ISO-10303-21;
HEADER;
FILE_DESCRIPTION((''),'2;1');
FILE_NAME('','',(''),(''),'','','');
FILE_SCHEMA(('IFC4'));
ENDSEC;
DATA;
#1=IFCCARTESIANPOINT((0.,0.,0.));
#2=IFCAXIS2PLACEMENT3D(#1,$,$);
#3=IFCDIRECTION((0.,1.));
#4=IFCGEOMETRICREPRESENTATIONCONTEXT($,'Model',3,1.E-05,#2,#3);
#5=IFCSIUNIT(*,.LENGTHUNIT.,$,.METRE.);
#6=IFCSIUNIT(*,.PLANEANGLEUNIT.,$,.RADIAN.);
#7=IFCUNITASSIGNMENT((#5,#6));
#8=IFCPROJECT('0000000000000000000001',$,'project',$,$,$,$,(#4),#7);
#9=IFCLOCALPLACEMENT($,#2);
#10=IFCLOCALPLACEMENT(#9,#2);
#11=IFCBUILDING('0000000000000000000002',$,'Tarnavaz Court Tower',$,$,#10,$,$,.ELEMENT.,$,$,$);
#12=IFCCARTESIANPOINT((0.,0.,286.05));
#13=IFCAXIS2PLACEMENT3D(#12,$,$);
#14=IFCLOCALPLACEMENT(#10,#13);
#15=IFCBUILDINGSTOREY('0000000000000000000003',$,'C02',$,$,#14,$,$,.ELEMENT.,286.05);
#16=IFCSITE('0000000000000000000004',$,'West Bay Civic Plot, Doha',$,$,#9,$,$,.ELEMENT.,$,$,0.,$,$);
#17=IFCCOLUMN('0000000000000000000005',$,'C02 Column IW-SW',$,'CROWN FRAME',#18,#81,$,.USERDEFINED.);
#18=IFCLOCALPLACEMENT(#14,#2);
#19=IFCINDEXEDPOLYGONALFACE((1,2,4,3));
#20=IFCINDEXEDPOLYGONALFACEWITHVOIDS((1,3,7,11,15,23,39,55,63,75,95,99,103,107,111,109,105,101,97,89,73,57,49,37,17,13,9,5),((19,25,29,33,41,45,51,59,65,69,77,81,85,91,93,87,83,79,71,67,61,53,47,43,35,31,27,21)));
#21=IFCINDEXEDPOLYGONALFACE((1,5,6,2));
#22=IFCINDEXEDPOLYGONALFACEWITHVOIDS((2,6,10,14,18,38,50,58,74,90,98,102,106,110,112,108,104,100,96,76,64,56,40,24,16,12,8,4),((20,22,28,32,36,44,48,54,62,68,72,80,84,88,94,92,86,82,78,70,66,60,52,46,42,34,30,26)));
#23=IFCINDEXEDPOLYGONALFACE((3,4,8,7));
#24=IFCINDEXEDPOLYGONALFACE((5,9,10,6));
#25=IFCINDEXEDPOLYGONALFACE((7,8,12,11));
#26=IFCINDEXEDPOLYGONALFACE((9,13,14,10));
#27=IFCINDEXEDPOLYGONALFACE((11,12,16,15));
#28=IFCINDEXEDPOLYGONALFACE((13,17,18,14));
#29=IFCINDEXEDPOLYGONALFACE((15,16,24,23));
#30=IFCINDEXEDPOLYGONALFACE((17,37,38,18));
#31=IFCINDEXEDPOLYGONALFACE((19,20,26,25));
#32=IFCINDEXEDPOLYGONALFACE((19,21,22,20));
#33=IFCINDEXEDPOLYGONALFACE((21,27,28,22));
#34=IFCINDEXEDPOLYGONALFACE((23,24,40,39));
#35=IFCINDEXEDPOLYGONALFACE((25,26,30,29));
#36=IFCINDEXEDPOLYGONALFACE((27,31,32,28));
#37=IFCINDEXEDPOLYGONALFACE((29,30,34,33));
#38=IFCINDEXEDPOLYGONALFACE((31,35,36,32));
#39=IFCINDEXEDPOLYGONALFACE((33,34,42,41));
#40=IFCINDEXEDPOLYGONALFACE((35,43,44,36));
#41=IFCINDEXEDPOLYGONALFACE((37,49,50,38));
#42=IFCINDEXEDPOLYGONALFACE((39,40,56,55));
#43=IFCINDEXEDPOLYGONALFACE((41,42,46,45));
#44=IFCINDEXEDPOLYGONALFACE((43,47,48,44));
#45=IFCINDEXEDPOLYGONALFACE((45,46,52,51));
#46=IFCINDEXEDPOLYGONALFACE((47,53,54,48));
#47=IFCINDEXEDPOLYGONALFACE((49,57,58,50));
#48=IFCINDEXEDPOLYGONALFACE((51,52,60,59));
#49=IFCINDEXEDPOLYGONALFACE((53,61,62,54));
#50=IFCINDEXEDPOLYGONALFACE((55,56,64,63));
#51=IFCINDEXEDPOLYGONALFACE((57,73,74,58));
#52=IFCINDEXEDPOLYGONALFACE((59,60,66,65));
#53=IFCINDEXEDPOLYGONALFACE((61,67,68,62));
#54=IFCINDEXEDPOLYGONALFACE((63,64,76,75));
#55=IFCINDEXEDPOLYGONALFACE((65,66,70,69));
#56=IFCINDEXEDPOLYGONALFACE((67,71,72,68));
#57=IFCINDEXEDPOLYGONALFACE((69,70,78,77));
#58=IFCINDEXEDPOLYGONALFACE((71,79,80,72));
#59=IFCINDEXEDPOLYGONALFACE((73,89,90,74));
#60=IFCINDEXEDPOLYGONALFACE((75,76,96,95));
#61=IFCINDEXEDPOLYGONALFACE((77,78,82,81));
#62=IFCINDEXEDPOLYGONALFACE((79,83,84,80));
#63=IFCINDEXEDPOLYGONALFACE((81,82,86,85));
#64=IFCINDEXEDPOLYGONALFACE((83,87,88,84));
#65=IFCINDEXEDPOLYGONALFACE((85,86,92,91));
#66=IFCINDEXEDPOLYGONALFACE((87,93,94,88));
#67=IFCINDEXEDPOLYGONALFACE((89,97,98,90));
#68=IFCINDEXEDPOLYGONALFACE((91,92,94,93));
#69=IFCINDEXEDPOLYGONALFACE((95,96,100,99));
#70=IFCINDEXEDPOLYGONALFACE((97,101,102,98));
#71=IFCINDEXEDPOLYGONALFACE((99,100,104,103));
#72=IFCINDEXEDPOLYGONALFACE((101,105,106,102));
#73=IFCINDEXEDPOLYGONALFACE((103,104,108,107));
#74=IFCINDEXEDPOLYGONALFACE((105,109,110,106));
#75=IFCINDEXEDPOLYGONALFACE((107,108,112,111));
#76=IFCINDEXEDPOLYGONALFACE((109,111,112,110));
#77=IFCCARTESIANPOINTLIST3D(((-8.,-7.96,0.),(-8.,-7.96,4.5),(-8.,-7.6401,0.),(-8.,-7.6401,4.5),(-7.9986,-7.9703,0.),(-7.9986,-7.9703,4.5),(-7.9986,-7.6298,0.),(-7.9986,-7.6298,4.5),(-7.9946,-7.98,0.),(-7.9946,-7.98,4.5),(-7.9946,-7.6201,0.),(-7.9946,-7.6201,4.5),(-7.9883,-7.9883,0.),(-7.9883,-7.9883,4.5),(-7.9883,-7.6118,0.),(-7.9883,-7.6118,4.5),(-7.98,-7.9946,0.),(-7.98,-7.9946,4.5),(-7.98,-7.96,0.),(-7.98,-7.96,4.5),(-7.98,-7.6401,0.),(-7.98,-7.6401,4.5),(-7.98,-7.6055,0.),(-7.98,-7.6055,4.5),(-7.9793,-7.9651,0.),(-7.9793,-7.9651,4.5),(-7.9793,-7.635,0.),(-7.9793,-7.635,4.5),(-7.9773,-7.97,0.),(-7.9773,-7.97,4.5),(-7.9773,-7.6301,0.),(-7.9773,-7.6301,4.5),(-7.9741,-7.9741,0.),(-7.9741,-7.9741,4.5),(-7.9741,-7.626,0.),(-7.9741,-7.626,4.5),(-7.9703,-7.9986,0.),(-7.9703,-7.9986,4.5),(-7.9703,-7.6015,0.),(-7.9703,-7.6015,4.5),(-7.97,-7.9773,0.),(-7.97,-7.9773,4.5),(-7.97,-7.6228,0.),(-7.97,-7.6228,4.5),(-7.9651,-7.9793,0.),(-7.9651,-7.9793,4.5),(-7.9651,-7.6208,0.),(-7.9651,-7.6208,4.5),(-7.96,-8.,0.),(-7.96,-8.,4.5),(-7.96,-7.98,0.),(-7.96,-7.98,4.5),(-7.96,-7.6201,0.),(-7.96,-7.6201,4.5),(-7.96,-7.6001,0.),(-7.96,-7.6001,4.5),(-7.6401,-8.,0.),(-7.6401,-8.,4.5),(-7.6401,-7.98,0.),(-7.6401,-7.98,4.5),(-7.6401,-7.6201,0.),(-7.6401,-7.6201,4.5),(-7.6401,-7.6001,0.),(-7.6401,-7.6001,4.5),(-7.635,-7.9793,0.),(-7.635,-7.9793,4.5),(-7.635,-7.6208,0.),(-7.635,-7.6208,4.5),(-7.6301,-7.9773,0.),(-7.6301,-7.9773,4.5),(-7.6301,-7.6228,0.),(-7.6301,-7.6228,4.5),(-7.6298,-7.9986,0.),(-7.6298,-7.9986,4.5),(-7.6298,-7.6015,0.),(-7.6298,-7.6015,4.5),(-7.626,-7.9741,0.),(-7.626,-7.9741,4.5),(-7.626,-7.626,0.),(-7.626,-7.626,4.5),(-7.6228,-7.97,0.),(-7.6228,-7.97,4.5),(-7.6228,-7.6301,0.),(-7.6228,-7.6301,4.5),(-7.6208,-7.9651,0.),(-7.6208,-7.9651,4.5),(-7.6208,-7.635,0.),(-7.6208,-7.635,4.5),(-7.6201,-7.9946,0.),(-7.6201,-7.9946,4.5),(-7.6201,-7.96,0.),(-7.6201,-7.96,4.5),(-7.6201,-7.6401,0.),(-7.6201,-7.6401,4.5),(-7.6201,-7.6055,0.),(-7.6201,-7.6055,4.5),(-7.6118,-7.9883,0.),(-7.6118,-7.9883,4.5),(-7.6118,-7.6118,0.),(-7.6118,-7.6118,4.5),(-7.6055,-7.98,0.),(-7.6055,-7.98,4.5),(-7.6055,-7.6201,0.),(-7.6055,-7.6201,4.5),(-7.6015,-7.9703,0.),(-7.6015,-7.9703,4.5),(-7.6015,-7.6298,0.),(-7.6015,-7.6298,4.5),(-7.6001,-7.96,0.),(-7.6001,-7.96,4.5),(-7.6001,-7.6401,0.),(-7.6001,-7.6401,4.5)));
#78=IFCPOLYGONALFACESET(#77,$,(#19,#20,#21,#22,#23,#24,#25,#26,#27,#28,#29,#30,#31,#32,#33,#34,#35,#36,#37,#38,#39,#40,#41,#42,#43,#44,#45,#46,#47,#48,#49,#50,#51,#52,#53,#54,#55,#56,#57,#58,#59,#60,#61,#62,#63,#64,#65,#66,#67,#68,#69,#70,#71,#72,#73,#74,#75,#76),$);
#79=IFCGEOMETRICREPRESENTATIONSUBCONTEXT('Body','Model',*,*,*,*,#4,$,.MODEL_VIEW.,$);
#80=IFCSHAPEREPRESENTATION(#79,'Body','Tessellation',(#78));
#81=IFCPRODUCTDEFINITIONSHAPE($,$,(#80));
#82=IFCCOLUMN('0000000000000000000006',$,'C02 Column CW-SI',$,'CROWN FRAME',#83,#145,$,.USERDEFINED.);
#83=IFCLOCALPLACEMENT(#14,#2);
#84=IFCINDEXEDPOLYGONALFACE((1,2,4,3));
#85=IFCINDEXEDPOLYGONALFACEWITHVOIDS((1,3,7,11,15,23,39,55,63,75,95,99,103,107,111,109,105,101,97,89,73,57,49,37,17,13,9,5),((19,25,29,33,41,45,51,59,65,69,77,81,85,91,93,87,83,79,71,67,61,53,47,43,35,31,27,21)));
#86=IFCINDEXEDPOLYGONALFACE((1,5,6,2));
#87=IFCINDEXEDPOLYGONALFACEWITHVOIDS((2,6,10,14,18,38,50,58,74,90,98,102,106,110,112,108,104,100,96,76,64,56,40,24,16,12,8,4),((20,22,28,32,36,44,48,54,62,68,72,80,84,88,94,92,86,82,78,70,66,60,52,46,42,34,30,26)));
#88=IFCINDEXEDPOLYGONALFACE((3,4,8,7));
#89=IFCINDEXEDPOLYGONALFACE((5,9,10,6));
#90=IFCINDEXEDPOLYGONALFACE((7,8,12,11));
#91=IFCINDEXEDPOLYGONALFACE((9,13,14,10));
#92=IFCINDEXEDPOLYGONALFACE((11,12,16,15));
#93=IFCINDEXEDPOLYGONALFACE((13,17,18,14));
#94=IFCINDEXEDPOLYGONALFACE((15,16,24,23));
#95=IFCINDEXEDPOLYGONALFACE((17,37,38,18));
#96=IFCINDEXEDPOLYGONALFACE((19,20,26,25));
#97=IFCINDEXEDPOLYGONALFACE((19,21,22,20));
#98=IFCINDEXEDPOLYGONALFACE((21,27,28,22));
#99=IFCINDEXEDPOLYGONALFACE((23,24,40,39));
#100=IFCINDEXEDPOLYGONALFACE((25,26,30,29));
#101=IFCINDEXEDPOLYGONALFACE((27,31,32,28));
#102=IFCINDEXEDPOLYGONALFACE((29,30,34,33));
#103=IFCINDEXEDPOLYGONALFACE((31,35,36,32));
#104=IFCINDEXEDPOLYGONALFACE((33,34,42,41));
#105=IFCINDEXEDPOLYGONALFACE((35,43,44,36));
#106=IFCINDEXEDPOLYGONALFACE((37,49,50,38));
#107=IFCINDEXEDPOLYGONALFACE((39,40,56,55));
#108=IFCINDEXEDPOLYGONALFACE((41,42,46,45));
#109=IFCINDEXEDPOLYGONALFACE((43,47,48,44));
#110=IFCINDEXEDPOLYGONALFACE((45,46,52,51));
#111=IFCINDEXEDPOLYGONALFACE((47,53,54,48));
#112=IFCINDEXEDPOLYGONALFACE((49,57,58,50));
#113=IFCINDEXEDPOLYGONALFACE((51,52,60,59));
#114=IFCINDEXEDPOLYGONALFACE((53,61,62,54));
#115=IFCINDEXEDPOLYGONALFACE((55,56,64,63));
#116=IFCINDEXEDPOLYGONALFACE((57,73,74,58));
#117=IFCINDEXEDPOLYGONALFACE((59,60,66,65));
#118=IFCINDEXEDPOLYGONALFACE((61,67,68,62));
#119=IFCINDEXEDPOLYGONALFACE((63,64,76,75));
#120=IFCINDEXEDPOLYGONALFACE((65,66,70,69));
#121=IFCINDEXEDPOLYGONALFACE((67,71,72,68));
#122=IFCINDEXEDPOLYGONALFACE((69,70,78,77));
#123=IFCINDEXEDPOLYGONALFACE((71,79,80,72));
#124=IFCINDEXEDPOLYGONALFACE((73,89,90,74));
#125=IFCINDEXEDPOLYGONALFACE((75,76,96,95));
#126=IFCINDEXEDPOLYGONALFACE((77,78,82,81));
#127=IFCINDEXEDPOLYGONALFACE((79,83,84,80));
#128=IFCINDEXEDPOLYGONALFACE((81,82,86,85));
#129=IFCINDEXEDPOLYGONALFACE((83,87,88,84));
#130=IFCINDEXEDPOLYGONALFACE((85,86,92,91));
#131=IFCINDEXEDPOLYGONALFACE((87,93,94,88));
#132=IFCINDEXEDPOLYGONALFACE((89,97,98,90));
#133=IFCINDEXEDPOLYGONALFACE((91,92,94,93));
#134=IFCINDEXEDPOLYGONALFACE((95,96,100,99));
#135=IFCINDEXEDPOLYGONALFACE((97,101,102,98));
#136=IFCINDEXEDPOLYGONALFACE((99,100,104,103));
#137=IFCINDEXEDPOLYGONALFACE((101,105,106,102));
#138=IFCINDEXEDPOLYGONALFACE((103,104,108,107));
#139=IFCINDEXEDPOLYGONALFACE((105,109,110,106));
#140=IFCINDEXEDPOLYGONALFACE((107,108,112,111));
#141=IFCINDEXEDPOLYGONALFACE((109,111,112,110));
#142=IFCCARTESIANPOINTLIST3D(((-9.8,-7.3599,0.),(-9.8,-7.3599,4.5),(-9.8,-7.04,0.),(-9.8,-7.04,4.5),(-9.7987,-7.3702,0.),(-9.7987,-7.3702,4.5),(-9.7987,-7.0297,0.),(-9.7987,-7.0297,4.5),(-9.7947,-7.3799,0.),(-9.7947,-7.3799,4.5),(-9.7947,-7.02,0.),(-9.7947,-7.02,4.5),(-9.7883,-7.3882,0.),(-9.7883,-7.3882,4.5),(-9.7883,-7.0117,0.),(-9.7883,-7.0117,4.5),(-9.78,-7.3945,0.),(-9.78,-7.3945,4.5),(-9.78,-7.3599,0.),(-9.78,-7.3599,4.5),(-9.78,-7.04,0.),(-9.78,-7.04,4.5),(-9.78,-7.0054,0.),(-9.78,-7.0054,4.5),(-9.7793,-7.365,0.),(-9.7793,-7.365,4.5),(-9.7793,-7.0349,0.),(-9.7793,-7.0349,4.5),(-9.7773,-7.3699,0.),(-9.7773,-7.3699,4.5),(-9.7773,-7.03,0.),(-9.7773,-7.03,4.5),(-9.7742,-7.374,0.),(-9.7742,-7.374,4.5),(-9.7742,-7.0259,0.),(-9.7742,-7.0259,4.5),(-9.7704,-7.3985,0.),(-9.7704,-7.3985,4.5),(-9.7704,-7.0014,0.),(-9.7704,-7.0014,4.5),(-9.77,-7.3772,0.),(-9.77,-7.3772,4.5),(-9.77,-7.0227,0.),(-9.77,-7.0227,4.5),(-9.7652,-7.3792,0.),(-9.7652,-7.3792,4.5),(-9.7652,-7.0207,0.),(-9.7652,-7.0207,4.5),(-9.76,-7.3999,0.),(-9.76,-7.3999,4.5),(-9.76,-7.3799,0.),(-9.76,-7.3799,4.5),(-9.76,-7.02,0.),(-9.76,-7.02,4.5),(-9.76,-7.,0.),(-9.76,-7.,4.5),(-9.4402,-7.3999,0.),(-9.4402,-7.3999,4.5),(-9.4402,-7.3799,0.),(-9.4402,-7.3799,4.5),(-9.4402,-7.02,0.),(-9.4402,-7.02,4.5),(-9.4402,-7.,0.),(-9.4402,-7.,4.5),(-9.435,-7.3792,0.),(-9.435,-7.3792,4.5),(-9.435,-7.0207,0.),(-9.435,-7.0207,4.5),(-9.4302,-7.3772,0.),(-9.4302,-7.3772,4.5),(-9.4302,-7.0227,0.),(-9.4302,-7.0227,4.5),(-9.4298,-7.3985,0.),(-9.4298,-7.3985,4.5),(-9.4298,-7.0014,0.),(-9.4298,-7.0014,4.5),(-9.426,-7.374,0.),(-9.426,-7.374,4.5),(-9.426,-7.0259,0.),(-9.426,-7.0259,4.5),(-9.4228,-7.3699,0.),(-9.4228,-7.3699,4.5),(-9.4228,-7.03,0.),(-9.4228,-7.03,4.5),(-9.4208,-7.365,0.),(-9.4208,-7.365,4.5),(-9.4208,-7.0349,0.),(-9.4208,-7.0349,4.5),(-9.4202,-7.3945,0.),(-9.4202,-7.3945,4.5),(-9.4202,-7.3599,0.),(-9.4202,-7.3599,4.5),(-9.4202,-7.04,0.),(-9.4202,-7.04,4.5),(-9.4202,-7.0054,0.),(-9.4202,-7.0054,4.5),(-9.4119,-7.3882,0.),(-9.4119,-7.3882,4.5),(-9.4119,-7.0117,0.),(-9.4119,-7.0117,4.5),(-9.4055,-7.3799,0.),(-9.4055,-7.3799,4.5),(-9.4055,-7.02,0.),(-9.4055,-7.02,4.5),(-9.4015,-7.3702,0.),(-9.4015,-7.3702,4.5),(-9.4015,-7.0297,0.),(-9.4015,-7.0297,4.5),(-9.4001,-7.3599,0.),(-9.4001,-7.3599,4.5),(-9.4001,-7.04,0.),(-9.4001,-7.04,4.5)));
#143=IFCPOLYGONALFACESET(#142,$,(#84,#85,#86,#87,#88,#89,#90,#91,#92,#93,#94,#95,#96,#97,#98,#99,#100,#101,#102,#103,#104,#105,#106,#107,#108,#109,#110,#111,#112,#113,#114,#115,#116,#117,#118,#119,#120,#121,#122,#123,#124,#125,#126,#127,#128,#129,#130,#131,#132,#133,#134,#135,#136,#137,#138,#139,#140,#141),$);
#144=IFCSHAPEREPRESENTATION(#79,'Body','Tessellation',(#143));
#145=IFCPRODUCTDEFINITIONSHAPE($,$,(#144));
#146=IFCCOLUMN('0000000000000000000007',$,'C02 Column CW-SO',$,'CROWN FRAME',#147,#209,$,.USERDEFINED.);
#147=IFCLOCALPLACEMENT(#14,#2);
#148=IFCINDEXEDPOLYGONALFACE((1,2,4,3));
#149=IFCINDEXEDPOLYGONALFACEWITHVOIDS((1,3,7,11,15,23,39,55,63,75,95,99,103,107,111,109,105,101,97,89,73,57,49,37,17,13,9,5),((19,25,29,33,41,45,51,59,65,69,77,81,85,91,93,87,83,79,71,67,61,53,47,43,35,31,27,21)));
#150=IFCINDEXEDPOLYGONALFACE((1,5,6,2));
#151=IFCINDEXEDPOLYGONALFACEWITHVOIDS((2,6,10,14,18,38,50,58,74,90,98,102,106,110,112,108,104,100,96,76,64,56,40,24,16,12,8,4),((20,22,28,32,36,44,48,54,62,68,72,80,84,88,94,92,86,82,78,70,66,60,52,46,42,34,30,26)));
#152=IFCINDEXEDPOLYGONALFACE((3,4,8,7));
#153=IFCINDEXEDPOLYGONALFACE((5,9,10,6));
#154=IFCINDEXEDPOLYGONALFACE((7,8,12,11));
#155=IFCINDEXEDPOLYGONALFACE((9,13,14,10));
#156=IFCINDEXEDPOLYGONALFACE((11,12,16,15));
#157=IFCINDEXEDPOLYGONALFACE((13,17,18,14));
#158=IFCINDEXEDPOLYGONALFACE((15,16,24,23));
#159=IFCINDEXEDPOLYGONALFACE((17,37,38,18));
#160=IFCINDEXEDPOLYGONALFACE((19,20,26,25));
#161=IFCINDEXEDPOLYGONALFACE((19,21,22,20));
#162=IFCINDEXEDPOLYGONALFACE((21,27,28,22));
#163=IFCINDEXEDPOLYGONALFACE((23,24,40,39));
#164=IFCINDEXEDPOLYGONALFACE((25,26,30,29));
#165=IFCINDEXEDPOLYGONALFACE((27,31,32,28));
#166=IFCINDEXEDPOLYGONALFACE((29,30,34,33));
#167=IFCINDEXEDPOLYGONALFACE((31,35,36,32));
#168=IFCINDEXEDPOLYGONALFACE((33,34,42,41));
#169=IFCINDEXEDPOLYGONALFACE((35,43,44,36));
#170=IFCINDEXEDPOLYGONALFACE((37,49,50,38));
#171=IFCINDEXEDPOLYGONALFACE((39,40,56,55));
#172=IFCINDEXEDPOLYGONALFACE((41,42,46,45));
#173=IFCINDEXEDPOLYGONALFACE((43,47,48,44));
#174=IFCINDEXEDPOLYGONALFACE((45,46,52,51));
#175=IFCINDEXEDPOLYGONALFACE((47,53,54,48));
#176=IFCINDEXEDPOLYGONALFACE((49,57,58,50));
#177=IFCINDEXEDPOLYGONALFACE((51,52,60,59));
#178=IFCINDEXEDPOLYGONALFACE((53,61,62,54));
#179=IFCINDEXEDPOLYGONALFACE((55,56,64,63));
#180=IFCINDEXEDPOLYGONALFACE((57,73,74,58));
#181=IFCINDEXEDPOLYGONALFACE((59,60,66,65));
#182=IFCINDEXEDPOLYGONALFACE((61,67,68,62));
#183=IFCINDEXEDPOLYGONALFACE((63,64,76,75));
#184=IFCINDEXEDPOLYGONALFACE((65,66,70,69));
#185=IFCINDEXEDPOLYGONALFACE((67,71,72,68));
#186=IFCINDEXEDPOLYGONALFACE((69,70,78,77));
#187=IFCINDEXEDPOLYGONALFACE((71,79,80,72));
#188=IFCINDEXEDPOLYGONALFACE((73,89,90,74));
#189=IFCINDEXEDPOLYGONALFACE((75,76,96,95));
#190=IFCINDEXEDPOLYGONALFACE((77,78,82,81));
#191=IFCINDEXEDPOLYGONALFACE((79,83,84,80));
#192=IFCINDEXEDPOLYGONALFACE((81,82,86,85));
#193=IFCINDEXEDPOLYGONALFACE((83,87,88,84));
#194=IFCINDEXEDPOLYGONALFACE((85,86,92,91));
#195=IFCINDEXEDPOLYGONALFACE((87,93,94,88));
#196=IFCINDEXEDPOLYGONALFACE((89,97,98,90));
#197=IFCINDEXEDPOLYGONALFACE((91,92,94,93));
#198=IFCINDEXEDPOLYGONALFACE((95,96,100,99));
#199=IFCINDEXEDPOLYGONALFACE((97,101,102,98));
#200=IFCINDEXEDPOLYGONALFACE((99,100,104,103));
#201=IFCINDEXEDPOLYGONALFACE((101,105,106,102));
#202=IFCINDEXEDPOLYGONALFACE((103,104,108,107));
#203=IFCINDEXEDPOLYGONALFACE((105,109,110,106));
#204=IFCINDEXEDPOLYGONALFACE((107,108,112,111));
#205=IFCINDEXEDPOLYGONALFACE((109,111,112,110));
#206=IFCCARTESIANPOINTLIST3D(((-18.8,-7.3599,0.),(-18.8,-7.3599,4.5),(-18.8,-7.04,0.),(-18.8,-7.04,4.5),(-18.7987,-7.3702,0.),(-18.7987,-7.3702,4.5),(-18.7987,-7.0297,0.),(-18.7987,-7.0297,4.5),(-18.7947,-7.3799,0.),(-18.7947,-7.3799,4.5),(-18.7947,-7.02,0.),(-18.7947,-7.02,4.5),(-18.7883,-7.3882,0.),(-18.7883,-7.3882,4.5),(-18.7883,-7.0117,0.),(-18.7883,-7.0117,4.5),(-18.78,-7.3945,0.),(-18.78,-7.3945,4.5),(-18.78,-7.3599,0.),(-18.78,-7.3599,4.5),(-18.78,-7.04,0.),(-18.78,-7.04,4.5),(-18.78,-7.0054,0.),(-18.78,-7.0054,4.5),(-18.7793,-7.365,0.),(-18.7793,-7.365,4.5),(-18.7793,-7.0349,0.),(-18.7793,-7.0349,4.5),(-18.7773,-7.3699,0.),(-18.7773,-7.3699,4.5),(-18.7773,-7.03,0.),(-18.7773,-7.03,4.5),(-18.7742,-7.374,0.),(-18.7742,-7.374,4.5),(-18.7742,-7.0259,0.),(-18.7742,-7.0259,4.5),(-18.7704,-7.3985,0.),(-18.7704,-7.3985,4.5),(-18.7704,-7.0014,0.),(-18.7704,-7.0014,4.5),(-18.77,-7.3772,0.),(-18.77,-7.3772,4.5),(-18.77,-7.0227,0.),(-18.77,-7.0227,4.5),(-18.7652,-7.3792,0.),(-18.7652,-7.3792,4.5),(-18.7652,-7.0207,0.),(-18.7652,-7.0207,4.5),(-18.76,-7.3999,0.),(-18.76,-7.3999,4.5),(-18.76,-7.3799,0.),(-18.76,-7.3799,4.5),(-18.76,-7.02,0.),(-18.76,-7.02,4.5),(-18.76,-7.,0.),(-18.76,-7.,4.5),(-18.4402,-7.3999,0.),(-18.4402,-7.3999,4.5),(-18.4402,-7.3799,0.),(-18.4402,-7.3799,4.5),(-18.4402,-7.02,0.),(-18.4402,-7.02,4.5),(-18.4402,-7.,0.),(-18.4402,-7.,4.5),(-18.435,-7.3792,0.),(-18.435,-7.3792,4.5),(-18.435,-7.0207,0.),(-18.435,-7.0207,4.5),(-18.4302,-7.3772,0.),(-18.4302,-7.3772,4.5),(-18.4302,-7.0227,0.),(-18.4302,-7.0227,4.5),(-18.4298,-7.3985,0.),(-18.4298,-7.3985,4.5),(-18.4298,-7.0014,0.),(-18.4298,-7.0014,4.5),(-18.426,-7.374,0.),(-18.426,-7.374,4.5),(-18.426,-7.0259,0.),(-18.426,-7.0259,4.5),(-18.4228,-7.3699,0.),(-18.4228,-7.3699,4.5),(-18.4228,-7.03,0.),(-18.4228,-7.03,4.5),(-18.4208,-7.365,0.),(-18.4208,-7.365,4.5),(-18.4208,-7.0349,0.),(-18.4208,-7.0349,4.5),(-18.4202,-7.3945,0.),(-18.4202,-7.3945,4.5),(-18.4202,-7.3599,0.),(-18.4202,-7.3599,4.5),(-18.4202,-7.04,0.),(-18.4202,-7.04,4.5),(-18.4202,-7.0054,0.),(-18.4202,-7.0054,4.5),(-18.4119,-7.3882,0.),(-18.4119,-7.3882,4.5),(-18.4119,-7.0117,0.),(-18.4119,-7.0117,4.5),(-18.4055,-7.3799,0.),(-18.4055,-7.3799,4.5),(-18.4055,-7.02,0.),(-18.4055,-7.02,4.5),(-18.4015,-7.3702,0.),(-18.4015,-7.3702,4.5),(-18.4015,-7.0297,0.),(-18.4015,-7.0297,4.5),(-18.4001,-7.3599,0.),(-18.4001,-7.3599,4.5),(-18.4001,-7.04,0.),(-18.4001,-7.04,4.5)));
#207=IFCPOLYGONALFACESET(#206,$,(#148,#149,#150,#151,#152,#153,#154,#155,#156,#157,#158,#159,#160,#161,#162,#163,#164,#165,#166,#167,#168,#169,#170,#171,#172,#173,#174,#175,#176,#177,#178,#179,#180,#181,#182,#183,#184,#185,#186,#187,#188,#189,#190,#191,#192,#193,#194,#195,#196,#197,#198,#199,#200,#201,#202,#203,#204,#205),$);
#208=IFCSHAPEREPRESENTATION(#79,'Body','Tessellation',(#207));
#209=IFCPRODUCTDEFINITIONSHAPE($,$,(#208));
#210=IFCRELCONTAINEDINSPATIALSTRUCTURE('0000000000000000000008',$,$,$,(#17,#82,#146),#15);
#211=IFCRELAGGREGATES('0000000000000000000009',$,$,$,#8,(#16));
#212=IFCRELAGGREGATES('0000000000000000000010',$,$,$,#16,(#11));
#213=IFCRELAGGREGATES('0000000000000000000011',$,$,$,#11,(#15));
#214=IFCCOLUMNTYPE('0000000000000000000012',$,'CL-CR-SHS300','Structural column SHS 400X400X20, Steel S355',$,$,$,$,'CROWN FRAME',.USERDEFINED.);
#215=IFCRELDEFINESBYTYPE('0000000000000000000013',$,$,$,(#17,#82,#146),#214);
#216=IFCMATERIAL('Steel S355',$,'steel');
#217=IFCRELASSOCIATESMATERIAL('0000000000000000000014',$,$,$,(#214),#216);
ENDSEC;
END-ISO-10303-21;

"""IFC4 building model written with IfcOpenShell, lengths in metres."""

from ifc_helpers import new_model, si_unit, direction, frame, origin, origin_2d, place, context, subcontext, project, spatial, hollow_rectangle, extrude, material, material_profile, profile_set, type_object, element, save


model = new_model("IFC4")

# Units and contexts
model_context = context("Model", 3, precision=1e-05, world=origin(), true_north=direction((0.0, 1.0)))
body_context = subcontext(model_context, "Body", "Model", "MODEL_VIEW")
ifc_project = project(units=[si_unit("LENGTHUNIT", "METRE"), si_unit("PLANEANGLEUNIT", "RADIAN")], contexts=[model_context])

# Site, building, storey
site_placement = place(None, origin())
site = spatial("IfcSite", under=ifc_project, at=site_placement, Name="West Bay Civic Plot, Doha", CompositionType="ELEMENT", RefElevation=0.0)
building_placement = place(site_placement, origin())
building = spatial("IfcBuilding", under=site, at=building_placement, Name="Tarnavaz Court Tower", CompositionType="ELEMENT")
storey_placement = place(building_placement, frame((0.0, 0.0, 286.05)))
storey = spatial("IfcBuildingStorey", under=building, at=storey_placement, Name="C02", CompositionType="ELEMENT", Elevation=286.05)

# Columns
ifc_material_1 = material(Name="Steel S355", Category="steel")
ifc_material_profile_1 = material_profile(ifc_material_1, hollow_rectangle(XDim=0.3999, YDim=0.3999, WallThickness=0.02, InnerFilletRadius=0.02, OuterFilletRadius=0.04, at=origin_2d()), Name="SHS 400X400X20")
ifc_profile_set_1 = profile_set([ifc_material_profile_1], Name="Steel S355")
column_type = type_object("IfcColumnType", Name="CL-CR-SHS300", Description="Structural column SHS 400X400X20, Steel S355", ElementType="CROWN FRAME", PredefinedType="USERDEFINED", material=ifc_profile_set_1)
for number, where, z_axis, x_axis, name in (
    (1, (-7.8, -7.8, 0.0), (0.0, 0.0, 1.0), (1.0, 0.0, 0.0), "C02 Column IW-SW"),
    (2, (-9.6001, -7.2, 0.0), (0.0, 0.0, 1.0), (1.0, 0.0, 0.0), "C02 Column CW-SI"),
    (3, (-18.6001, -7.2, 0.0), (0.0, 0.0, 1.0), (1.0, 0.0, 0.0), "C02 Column CW-SO"),
):
    element("IfcColumn", number, at=place(storey_placement, frame(where, z_axis=z_axis, x_axis=x_axis)), inside=storey, type_object=column_type, Name=name, ObjectType="CROWN FRAME", PredefinedType="USERDEFINED", context=body_context, shape_type="SweptSolid", body=[
        extrude(hollow_rectangle(XDim=0.3999, YDim=0.3999, WallThickness=0.02, InnerFilletRadius=0.02, OuterFilletRadius=0.04, at=origin_2d()), origin(), (0.0, 0.0, 1.0), 4.5),
    ])

save(model, "model.ifc")
